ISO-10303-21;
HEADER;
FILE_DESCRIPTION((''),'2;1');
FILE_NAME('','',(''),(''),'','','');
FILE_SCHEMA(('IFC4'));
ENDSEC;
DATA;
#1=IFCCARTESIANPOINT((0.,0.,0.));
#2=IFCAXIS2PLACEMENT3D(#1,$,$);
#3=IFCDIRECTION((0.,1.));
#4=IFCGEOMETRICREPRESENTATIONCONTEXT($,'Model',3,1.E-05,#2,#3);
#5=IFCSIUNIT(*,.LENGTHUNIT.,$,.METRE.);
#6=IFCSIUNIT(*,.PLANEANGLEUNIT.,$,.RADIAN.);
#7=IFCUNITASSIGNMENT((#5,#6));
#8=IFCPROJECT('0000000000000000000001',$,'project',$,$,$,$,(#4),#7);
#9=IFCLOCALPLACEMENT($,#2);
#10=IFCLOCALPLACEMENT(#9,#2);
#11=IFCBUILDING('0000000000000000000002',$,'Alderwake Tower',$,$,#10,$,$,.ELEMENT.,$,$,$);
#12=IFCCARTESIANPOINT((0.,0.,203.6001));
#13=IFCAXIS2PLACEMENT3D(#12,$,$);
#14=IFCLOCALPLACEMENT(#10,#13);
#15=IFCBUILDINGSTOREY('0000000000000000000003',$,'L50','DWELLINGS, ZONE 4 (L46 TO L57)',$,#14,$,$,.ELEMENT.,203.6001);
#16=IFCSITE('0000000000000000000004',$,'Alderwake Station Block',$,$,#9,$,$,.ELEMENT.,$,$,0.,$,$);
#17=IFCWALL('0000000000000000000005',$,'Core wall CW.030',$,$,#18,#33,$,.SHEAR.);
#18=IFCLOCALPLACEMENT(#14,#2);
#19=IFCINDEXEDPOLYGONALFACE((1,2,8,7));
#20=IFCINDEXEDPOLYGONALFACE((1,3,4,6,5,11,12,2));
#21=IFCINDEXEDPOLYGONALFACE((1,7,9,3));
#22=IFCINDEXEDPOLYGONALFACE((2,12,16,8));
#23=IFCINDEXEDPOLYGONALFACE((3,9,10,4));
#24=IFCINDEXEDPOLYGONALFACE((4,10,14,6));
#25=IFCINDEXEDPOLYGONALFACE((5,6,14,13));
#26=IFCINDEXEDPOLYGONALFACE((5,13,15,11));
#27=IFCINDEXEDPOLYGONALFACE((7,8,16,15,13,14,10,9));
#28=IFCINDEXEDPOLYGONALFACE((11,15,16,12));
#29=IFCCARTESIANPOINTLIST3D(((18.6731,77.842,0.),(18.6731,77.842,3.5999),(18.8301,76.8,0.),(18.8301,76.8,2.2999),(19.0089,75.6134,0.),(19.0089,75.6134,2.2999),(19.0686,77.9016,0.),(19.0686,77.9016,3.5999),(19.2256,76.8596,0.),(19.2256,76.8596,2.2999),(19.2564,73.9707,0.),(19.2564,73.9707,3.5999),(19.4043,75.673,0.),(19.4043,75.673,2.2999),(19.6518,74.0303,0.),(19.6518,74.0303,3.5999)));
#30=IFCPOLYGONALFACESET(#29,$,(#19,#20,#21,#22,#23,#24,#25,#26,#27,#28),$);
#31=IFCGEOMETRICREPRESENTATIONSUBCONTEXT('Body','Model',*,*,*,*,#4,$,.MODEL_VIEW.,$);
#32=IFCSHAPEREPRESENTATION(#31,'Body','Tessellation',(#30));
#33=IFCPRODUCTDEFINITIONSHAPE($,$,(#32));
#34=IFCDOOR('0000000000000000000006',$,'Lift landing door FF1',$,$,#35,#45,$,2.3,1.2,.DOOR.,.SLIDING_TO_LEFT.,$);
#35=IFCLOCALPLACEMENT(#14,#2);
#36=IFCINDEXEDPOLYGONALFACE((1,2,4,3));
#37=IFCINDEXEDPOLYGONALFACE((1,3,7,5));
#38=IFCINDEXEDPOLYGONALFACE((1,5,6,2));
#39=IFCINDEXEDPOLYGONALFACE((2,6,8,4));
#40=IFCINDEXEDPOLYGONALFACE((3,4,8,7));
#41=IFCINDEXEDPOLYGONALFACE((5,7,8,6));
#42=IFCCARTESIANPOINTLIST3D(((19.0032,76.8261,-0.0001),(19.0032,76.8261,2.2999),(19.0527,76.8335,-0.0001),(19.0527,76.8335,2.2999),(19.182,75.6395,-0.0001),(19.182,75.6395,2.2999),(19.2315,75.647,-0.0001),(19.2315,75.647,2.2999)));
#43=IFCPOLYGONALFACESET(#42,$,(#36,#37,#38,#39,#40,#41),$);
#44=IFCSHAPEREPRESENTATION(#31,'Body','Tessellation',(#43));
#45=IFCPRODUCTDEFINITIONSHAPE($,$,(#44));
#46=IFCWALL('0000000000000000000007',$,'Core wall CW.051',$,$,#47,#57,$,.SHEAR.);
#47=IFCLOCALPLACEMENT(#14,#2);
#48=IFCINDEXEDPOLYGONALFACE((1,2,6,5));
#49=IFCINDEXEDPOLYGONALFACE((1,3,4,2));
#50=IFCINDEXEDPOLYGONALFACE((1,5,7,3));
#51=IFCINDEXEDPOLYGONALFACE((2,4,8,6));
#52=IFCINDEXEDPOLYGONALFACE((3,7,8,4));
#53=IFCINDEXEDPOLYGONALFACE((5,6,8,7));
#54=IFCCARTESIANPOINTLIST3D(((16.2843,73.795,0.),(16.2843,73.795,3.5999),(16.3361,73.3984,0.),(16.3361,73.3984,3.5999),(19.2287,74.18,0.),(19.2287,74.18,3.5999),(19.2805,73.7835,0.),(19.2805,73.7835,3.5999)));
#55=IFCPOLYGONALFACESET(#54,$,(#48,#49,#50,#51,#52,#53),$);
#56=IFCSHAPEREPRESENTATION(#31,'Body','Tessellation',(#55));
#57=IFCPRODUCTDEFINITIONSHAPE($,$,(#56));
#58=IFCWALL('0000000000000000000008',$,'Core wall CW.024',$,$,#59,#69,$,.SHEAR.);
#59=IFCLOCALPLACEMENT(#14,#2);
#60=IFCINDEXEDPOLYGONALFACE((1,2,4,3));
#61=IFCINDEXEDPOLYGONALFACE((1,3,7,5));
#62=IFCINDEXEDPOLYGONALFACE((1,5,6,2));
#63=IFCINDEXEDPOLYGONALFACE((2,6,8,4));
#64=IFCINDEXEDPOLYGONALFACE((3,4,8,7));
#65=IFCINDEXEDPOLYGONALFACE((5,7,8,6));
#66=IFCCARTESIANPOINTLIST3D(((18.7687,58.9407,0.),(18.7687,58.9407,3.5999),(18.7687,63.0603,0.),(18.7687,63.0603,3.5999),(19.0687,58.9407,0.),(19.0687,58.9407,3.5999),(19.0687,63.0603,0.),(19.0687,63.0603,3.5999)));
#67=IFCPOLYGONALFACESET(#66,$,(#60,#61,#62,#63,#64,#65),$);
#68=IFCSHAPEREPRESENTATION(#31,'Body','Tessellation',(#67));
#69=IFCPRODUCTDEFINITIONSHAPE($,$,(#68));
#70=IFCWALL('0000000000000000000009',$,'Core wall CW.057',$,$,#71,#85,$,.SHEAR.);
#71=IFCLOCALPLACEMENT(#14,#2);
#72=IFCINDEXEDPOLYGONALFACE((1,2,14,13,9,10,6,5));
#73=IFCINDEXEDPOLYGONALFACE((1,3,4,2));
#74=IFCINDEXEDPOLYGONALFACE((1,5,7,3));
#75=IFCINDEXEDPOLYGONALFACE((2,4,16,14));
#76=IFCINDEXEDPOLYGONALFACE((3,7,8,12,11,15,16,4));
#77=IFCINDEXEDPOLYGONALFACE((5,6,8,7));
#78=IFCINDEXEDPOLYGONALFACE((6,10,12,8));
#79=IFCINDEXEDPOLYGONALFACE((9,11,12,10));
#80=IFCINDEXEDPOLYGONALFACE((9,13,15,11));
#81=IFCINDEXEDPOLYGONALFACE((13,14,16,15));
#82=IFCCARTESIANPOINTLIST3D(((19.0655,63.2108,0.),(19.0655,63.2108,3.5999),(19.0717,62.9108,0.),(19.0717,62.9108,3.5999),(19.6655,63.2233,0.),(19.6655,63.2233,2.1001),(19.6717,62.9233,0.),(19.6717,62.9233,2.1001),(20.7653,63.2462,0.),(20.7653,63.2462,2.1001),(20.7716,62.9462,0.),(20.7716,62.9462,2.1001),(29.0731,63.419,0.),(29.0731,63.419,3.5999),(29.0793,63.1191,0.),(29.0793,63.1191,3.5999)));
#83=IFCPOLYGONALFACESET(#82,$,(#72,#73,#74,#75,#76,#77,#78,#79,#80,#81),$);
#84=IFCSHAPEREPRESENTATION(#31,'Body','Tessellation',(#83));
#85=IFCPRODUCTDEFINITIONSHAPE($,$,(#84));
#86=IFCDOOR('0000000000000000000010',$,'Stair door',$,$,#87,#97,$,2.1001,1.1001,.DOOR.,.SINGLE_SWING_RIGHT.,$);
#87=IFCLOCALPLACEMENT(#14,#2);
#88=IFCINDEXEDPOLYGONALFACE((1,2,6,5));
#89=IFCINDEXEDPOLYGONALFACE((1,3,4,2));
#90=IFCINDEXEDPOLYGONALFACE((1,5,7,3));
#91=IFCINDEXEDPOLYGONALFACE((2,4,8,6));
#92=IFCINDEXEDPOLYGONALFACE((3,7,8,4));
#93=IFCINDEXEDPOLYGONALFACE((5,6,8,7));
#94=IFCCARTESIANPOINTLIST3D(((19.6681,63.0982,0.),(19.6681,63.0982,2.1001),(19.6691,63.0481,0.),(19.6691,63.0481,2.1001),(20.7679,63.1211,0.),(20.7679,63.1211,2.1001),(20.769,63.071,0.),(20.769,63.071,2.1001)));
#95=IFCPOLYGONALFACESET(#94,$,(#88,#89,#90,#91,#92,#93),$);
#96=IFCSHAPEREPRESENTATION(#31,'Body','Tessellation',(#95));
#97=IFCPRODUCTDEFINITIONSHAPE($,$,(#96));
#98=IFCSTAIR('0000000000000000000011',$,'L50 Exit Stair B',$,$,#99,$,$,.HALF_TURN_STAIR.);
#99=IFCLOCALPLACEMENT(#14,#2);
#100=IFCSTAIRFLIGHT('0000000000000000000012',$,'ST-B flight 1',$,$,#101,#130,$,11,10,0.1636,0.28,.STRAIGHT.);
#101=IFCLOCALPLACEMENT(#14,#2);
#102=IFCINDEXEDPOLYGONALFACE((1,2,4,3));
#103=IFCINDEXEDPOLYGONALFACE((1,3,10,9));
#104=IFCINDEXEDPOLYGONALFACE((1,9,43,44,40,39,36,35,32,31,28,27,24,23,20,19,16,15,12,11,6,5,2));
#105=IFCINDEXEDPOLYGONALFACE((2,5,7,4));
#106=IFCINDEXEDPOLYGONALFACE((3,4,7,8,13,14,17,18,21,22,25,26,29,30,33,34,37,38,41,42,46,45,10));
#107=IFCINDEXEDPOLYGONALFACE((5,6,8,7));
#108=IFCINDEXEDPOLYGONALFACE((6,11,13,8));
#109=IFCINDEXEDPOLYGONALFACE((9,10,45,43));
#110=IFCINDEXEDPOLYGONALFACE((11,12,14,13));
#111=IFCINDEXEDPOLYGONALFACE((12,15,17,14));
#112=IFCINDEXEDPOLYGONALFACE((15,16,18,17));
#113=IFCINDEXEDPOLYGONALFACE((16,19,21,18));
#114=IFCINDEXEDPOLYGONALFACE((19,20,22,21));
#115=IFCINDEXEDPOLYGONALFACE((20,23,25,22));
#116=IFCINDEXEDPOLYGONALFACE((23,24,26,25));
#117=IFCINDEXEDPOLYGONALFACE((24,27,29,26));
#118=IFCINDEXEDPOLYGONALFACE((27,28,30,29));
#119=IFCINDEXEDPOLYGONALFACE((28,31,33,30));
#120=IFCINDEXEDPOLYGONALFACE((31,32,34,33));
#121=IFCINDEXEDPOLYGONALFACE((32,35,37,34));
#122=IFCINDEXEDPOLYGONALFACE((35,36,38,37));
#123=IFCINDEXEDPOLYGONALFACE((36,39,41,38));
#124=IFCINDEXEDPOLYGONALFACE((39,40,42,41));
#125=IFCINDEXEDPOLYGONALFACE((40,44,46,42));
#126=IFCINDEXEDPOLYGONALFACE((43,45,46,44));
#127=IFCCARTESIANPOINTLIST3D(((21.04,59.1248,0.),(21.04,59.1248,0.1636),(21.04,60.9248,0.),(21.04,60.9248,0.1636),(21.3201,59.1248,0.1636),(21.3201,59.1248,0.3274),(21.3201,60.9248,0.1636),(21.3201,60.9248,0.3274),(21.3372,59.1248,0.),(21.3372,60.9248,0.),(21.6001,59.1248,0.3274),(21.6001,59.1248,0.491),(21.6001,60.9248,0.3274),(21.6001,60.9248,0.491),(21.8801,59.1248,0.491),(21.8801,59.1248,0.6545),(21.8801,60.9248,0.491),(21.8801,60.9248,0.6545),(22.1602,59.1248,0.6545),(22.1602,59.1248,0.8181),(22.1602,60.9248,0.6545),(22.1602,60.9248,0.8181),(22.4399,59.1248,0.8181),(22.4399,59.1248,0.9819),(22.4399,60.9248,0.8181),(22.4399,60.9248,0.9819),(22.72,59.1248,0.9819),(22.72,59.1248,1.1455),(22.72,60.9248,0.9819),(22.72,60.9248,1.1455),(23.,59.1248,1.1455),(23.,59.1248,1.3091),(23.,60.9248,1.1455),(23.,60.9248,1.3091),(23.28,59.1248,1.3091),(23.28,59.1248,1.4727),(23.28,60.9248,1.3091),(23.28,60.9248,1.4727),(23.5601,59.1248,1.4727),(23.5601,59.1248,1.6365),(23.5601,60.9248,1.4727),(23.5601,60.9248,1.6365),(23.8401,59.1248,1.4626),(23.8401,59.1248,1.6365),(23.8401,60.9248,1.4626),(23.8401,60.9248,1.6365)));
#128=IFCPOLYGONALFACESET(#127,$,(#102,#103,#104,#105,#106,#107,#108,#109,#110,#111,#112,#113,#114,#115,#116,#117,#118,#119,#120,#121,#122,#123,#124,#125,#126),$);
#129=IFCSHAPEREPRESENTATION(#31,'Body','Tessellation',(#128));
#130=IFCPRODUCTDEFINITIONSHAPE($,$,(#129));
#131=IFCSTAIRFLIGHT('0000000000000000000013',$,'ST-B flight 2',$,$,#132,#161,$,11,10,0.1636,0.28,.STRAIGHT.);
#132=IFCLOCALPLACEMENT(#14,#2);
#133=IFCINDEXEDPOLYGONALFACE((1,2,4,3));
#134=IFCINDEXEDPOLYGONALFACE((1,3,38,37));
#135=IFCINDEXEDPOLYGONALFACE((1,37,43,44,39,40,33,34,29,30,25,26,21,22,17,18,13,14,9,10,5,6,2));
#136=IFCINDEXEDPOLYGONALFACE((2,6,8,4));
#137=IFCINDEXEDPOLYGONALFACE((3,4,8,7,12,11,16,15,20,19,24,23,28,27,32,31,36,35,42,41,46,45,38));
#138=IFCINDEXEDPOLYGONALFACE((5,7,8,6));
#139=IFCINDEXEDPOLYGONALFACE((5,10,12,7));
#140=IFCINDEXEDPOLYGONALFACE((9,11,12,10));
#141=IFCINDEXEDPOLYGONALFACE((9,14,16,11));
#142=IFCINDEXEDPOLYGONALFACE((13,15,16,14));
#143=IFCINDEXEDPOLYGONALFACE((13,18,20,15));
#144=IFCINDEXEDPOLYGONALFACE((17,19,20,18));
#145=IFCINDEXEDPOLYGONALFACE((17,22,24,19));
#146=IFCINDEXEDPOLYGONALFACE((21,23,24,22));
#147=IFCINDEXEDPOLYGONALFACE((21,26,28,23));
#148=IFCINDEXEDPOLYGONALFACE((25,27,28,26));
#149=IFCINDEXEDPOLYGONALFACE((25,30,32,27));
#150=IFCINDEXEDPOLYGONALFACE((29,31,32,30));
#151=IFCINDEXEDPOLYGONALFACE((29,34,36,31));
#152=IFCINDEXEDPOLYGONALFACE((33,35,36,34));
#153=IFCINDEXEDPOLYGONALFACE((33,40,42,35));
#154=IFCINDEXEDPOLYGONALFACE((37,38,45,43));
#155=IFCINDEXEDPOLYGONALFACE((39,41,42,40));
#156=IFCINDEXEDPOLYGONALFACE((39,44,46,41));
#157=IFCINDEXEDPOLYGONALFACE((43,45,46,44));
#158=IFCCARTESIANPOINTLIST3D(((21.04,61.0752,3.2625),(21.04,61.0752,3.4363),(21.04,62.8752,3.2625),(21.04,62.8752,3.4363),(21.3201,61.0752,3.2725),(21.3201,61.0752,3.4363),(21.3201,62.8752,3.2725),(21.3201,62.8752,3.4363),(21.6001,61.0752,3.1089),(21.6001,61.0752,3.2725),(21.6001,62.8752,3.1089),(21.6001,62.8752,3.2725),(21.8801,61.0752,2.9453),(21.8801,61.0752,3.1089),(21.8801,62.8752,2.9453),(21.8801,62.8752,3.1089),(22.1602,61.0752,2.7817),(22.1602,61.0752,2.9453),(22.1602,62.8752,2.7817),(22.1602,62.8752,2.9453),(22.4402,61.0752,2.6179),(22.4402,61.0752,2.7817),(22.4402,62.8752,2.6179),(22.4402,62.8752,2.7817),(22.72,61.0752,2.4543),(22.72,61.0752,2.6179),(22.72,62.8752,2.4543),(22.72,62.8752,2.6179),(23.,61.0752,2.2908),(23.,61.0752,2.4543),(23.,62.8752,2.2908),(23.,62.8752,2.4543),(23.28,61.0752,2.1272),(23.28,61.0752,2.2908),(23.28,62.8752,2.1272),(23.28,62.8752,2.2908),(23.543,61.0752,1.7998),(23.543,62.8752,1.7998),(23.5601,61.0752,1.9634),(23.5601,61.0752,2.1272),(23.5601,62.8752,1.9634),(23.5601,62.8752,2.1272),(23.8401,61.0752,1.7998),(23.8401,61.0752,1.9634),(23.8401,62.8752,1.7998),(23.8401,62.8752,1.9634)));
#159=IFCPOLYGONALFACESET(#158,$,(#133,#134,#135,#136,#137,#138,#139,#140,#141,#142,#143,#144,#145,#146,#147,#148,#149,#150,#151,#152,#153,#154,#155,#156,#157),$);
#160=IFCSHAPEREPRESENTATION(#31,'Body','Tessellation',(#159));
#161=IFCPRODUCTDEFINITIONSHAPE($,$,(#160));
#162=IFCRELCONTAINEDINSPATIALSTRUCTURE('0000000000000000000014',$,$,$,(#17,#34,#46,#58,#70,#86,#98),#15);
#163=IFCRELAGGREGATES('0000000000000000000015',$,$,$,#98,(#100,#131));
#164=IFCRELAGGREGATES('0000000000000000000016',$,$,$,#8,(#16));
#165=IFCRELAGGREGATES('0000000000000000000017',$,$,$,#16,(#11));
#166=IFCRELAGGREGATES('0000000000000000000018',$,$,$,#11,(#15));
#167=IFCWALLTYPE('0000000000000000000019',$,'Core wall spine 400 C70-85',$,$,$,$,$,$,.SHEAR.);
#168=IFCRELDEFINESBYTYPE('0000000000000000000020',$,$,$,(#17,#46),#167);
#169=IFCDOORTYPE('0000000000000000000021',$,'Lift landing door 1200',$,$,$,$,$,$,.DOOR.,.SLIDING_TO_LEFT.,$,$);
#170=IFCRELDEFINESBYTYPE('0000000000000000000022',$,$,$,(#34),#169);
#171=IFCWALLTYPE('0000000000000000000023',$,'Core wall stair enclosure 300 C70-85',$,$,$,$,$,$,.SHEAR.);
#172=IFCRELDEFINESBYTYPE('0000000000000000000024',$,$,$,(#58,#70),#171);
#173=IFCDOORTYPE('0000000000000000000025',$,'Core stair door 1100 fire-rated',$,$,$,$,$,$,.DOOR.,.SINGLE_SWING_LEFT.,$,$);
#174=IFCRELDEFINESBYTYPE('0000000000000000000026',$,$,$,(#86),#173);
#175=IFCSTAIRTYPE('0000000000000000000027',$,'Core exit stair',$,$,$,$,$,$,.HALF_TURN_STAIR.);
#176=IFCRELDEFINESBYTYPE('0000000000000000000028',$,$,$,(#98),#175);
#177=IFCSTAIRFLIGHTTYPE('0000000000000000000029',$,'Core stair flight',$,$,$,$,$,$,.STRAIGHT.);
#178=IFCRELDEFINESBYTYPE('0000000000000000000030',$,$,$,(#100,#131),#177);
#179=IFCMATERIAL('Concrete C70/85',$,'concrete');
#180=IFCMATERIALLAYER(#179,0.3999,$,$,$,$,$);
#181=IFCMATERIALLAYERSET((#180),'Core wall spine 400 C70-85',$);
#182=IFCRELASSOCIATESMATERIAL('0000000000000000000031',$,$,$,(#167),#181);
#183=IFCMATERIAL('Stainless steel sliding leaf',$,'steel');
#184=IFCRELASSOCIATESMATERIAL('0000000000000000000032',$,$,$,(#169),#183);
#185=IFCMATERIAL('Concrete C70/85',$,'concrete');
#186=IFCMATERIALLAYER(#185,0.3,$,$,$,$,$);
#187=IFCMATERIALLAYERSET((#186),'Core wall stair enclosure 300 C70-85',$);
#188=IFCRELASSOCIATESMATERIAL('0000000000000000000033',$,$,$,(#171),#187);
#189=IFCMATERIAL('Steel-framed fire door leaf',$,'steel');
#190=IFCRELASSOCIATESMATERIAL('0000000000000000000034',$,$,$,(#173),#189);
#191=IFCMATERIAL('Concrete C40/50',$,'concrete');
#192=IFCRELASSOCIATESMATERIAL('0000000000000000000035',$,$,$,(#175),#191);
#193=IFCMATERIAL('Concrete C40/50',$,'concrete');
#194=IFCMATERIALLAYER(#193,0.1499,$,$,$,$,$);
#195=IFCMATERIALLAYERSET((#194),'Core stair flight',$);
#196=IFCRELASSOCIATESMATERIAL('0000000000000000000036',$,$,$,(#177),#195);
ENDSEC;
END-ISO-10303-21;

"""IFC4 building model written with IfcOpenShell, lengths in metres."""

from ifc_helpers import new_model, si_unit, direction, frame, frame_2d, origin, place, context, subcontext, project, spatial, polyline, rectangle, outline, extrude, material, layer, layer_set, type_object, element, fill, aggregate, save


model = new_model("IFC4")

# Units and contexts
model_context = context("Model", 3, precision=1e-05, world=origin(), true_north=direction((0.0, 1.0)))
body_context = subcontext(model_context, "Body", "Model", "MODEL_VIEW")
ifc_project = project(units=[si_unit("LENGTHUNIT", "METRE"), si_unit("PLANEANGLEUNIT", "RADIAN")], contexts=[model_context])

# Site, building, storey
site_placement = place(None, origin())
site = spatial("IfcSite", under=ifc_project, at=site_placement, Name="Alderwake Station Block", CompositionType="ELEMENT", RefElevation=0.0)
building_placement = place(site_placement, origin())
building = spatial("IfcBuilding", under=site, at=building_placement, Name="Alderwake Tower", CompositionType="ELEMENT")
storey_placement = place(building_placement, frame((0.0, 0.0, 203.6001)))
storey = spatial("IfcBuildingStorey", under=building, at=storey_placement, Name="L50", Description="DWELLINGS, ZONE 4 (L46 TO L57)", CompositionType="ELEMENT", Elevation=203.6001)

# Shared definitions
ifc_material_1 = material(Name="Concrete C70/85", Category="concrete")
ifc_layer_1 = layer(ifc_material_1, 0.3999)
ifc_layer_set_1 = layer_set([ifc_layer_1], Name="Core wall spine 400 C70-85")
wall_type_1 = type_object("IfcWallType", Name="Core wall spine 400 C70-85", PredefinedType="SHEAR", material=ifc_layer_set_1)

# Wall, opening, door
wall_1_placement = place(storey_placement, frame((19.4541, 74.0005, 0.0), z_axis=(0.0, 0.0, 1.0), x_axis=(-0.148978, 0.988841, 0.0)))
wall_1 = element("IfcWall", 1, at=wall_1_placement, inside=storey, type_object=wall_type_1, Name="Core wall CW.030", PredefinedType="SHEAR", context=body_context, shape_type="SweptSolid", body=[
    extrude(rectangle(XDim=3.915, YDim=0.3999, at=frame_2d((1.9575, 0.0))), origin(), (0.0, 0.0, 1.0), 3.5999),
])
opening_1_placement = place(wall_1_placement, frame((1.6611, 0.0, 0.0)))
opening_1 = element("IfcOpeningElement", 2, at=opening_1_placement, cuts=wall_1, PredefinedType="OPENING", context=body_context, shape_type="SweptSolid", body=[
    extrude(rectangle(XDim=1.2, YDim=2.3, at=frame_2d((0.6001, 1.1499))), frame((0.0, 0.21, 0.0), z_axis=(0.0, -1.0, 0.0), x_axis=(1.0, 0.0, 0.0)), (0.0, 0.0, 1.0), 0.4199),
])
ifc_material_2 = material(Name="Stainless steel sliding leaf", Category="steel")
door_type_1 = type_object("IfcDoorType", Name="Lift landing door 1200", OperationType="SLIDING_TO_LEFT", PredefinedType="DOOR", material=ifc_material_2)
door_1_placement = place(opening_1_placement, origin())
door_1 = element("IfcDoor", 3, at=door_1_placement, inside=storey, type_object=door_type_1, Name="Lift landing door FF1", OperationType="SLIDING_TO_LEFT", OverallHeight=2.3, OverallWidth=1.2, PredefinedType="DOOR", context=body_context, shape_type="SweptSolid", body=[
    extrude(rectangle(XDim=1.2, YDim=2.3, at=frame_2d((0.6001, 1.1499))), frame((0.0, 0.0249, 0.0), z_axis=(0.0, -1.0, 0.0), x_axis=(1.0, 0.0, 0.0)), (0.0, 0.0, 1.0), 0.05),
])
fill(opening_1, door_1)

# Walls
wall_2_placement = place(storey_placement, frame((16.3101, 73.5967, 0.0), z_axis=(0.0, 0.0, 1.0), x_axis=(0.991559, 0.129659, 0.0)))
element("IfcWall", 4, at=wall_2_placement, inside=storey, type_object=wall_type_1, Name="Core wall CW.051", PredefinedType="SHEAR", context=body_context, shape_type="SweptSolid", body=[
    extrude(rectangle(XDim=2.9695, YDim=0.3999, at=frame_2d((1.4849, 0.0))), origin(), (0.0, 0.0, 1.0), 3.5999),
])
ifc_material_3 = material(Name="Concrete C70/85", Category="concrete")
ifc_layer_2 = layer(ifc_material_3, 0.3)
ifc_layer_set_2 = layer_set([ifc_layer_2], Name="Core wall stair enclosure 300 C70-85")
wall_type_2 = type_object("IfcWallType", Name="Core wall stair enclosure 300 C70-85", PredefinedType="SHEAR", material=ifc_layer_set_2)
wall_3_placement = place(storey_placement, frame((18.9187, 58.9407, 0.0), z_axis=(0.0, 0.0, 1.0), x_axis=(0.0, 1.0, 0.0)))
element("IfcWall", 5, at=wall_3_placement, inside=storey, type_object=wall_type_2, Name="Core wall CW.024", PredefinedType="SHEAR", context=body_context, shape_type="SweptSolid", body=[
    extrude(rectangle(XDim=4.1196, YDim=0.3, at=frame_2d((2.0598, 0.0))), origin(), (0.0, 0.0, 1.0), 3.5999),
])

# Wall, opening, door
wall_4_placement = place(storey_placement, frame((19.0686, 63.0608, 0.0), z_axis=(0.0, 0.0, 1.0), x_axis=(0.999784, 0.020805, 0.0)))
wall_4 = element("IfcWall", 6, at=wall_4_placement, inside=storey, type_object=wall_type_2, Name="Core wall CW.057", PredefinedType="SHEAR", context=body_context, shape_type="SweptSolid", body=[
    extrude(rectangle(XDim=10.0098, YDim=0.3, at=frame_2d((5.0049, 0.0))), origin(), (0.0, 0.0, 1.0), 3.5999),
])
opening_2_placement = place(wall_4_placement, frame((0.6001, 0.0, 0.0)))
opening_2 = element("IfcOpeningElement", 7, at=opening_2_placement, cuts=wall_4, PredefinedType="OPENING", context=body_context, shape_type="SweptSolid", body=[
    extrude(rectangle(XDim=1.1001, YDim=2.1001, at=frame_2d((0.55, 1.05))), frame((0.0, 0.1599, 0.0), z_axis=(0.0, -1.0, 0.0), x_axis=(1.0, 0.0, 0.0)), (0.0, 0.0, 1.0), 0.3201),
])
ifc_material_4 = material(Name="Steel-framed fire door leaf", Category="steel")
door_type_2 = type_object("IfcDoorType", Name="Core stair door 1100 fire-rated", OperationType="SINGLE_SWING_LEFT", PredefinedType="DOOR", material=ifc_material_4)
door_2_placement = place(opening_2_placement, origin())
door_2 = element("IfcDoor", 8, at=door_2_placement, inside=storey, type_object=door_type_2, Name="Stair door", OperationType="SINGLE_SWING_RIGHT", OverallHeight=2.1001, OverallWidth=1.1001, PredefinedType="DOOR", context=body_context, shape_type="SweptSolid", body=[
    extrude(rectangle(XDim=1.1001, YDim=2.1001, at=frame_2d((0.55, 1.05))), frame((0.0, 0.0249, 0.0), z_axis=(0.0, -1.0, 0.0), x_axis=(1.0, 0.0, 0.0)), (0.0, 0.0, 1.0), 0.05),
])
fill(opening_2, door_2)

# Stair, stair flights
ifc_material_5 = material(Name="Concrete C40/50", Category="concrete")
stair_type = type_object("IfcStairType", Name="Core exit stair", PredefinedType="HALF_TURN_STAIR", material=ifc_material_5)
stair_placement = place(storey_placement, origin())
stair = element("IfcStair", 9, at=stair_placement, inside=storey, type_object=stair_type, Name="L50 Exit Stair B", PredefinedType="HALF_TURN_STAIR")
ifc_material_6 = material(Name="Concrete C40/50", Category="concrete")
ifc_layer_3 = layer(ifc_material_6, 0.1499)
ifc_layer_set_3 = layer_set([ifc_layer_3], Name="Core stair flight")
stair_flight_type = type_object("IfcStairFlightType", Name="Core stair flight", PredefinedType="STRAIGHT", material=ifc_layer_set_3)
stair_flight_1_placement = place(storey_placement, frame((21.04, 60.0249, 0.0), z_axis=(0.0, 0.0, 1.0), x_axis=(1.0, 0.0, 0.0)))
stair_flight_1 = element("IfcStairFlight", 10, at=stair_flight_1_placement, type_object=stair_flight_type, Name="ST-B flight 1", NumberOfRisers=11, NumberOfTreads=10, PredefinedType="STRAIGHT", RiserHeight=0.1636, TreadLength=0.28, context=body_context, shape_type="SweptSolid", body=[
    extrude(outline(polyline([(0.0, 0.0), (0.0, 0.1636), (0.28, 0.1636), (0.28, 0.3274), (0.5601, 0.3274), (0.5601, 0.491), (0.8401, 0.491), (0.8401, 0.6545), (1.1201, 0.6545), (1.1201, 0.8181), (1.3999, 0.8181), (1.3999, 0.9819), (1.6799, 0.9819), (1.6799, 1.1455), (1.96, 1.1455), (1.96, 1.3091), (2.24, 1.3091), (2.24, 1.4727), (2.52, 1.4727), (2.52, 1.6365), (2.8, 1.6365), (2.8, 1.8), (2.8, 1.4626), (0.2971, 0.0), (0.0, 0.0)])), frame((0.0, 0.8999, 0.0), z_axis=(0.0, -1.0, 0.0), x_axis=(1.0, 0.0, 0.0)), (0.0, 0.0, 1.0), 1.8),
])
stair_flight_2_placement = place(storey_placement, frame((23.8401, 61.9751, 1.7998), z_axis=(0.0, 0.0, 1.0), x_axis=(-1.0, 0.0, 0.0)))
stair_flight_2 = element("IfcStairFlight", 11, at=stair_flight_2_placement, type_object=stair_flight_type, Name="ST-B flight 2", NumberOfRisers=11, NumberOfTreads=10, PredefinedType="STRAIGHT", RiserHeight=0.1636, TreadLength=0.28, context=body_context, shape_type="SweptSolid", body=[
    extrude(outline(polyline([(0.0, 0.0), (0.0, 0.1636), (0.28, 0.1636), (0.28, 0.3274), (0.5601, 0.3274), (0.5601, 0.491), (0.8401, 0.491), (0.8401, 0.6545), (1.1201, 0.6545), (1.1201, 0.8181), (1.3999, 0.8181), (1.3999, 0.9819), (1.6799, 0.9819), (1.6799, 1.1455), (1.96, 1.1455), (1.96, 1.3091), (2.24, 1.3091), (2.24, 1.4727), (2.52, 1.4727), (2.52, 1.6365), (2.8, 1.6365), (2.8, 1.8), (2.8, 1.4626), (0.2971, 0.0), (0.0, 0.0)])), frame((0.0, 0.8999, 0.0), z_axis=(0.0, -1.0, 0.0), x_axis=(1.0, 0.0, 0.0)), (0.0, 0.0, 1.0), 1.8),
])
aggregate(stair, [stair_flight_1, stair_flight_2])

save(model, "model.ifc")
